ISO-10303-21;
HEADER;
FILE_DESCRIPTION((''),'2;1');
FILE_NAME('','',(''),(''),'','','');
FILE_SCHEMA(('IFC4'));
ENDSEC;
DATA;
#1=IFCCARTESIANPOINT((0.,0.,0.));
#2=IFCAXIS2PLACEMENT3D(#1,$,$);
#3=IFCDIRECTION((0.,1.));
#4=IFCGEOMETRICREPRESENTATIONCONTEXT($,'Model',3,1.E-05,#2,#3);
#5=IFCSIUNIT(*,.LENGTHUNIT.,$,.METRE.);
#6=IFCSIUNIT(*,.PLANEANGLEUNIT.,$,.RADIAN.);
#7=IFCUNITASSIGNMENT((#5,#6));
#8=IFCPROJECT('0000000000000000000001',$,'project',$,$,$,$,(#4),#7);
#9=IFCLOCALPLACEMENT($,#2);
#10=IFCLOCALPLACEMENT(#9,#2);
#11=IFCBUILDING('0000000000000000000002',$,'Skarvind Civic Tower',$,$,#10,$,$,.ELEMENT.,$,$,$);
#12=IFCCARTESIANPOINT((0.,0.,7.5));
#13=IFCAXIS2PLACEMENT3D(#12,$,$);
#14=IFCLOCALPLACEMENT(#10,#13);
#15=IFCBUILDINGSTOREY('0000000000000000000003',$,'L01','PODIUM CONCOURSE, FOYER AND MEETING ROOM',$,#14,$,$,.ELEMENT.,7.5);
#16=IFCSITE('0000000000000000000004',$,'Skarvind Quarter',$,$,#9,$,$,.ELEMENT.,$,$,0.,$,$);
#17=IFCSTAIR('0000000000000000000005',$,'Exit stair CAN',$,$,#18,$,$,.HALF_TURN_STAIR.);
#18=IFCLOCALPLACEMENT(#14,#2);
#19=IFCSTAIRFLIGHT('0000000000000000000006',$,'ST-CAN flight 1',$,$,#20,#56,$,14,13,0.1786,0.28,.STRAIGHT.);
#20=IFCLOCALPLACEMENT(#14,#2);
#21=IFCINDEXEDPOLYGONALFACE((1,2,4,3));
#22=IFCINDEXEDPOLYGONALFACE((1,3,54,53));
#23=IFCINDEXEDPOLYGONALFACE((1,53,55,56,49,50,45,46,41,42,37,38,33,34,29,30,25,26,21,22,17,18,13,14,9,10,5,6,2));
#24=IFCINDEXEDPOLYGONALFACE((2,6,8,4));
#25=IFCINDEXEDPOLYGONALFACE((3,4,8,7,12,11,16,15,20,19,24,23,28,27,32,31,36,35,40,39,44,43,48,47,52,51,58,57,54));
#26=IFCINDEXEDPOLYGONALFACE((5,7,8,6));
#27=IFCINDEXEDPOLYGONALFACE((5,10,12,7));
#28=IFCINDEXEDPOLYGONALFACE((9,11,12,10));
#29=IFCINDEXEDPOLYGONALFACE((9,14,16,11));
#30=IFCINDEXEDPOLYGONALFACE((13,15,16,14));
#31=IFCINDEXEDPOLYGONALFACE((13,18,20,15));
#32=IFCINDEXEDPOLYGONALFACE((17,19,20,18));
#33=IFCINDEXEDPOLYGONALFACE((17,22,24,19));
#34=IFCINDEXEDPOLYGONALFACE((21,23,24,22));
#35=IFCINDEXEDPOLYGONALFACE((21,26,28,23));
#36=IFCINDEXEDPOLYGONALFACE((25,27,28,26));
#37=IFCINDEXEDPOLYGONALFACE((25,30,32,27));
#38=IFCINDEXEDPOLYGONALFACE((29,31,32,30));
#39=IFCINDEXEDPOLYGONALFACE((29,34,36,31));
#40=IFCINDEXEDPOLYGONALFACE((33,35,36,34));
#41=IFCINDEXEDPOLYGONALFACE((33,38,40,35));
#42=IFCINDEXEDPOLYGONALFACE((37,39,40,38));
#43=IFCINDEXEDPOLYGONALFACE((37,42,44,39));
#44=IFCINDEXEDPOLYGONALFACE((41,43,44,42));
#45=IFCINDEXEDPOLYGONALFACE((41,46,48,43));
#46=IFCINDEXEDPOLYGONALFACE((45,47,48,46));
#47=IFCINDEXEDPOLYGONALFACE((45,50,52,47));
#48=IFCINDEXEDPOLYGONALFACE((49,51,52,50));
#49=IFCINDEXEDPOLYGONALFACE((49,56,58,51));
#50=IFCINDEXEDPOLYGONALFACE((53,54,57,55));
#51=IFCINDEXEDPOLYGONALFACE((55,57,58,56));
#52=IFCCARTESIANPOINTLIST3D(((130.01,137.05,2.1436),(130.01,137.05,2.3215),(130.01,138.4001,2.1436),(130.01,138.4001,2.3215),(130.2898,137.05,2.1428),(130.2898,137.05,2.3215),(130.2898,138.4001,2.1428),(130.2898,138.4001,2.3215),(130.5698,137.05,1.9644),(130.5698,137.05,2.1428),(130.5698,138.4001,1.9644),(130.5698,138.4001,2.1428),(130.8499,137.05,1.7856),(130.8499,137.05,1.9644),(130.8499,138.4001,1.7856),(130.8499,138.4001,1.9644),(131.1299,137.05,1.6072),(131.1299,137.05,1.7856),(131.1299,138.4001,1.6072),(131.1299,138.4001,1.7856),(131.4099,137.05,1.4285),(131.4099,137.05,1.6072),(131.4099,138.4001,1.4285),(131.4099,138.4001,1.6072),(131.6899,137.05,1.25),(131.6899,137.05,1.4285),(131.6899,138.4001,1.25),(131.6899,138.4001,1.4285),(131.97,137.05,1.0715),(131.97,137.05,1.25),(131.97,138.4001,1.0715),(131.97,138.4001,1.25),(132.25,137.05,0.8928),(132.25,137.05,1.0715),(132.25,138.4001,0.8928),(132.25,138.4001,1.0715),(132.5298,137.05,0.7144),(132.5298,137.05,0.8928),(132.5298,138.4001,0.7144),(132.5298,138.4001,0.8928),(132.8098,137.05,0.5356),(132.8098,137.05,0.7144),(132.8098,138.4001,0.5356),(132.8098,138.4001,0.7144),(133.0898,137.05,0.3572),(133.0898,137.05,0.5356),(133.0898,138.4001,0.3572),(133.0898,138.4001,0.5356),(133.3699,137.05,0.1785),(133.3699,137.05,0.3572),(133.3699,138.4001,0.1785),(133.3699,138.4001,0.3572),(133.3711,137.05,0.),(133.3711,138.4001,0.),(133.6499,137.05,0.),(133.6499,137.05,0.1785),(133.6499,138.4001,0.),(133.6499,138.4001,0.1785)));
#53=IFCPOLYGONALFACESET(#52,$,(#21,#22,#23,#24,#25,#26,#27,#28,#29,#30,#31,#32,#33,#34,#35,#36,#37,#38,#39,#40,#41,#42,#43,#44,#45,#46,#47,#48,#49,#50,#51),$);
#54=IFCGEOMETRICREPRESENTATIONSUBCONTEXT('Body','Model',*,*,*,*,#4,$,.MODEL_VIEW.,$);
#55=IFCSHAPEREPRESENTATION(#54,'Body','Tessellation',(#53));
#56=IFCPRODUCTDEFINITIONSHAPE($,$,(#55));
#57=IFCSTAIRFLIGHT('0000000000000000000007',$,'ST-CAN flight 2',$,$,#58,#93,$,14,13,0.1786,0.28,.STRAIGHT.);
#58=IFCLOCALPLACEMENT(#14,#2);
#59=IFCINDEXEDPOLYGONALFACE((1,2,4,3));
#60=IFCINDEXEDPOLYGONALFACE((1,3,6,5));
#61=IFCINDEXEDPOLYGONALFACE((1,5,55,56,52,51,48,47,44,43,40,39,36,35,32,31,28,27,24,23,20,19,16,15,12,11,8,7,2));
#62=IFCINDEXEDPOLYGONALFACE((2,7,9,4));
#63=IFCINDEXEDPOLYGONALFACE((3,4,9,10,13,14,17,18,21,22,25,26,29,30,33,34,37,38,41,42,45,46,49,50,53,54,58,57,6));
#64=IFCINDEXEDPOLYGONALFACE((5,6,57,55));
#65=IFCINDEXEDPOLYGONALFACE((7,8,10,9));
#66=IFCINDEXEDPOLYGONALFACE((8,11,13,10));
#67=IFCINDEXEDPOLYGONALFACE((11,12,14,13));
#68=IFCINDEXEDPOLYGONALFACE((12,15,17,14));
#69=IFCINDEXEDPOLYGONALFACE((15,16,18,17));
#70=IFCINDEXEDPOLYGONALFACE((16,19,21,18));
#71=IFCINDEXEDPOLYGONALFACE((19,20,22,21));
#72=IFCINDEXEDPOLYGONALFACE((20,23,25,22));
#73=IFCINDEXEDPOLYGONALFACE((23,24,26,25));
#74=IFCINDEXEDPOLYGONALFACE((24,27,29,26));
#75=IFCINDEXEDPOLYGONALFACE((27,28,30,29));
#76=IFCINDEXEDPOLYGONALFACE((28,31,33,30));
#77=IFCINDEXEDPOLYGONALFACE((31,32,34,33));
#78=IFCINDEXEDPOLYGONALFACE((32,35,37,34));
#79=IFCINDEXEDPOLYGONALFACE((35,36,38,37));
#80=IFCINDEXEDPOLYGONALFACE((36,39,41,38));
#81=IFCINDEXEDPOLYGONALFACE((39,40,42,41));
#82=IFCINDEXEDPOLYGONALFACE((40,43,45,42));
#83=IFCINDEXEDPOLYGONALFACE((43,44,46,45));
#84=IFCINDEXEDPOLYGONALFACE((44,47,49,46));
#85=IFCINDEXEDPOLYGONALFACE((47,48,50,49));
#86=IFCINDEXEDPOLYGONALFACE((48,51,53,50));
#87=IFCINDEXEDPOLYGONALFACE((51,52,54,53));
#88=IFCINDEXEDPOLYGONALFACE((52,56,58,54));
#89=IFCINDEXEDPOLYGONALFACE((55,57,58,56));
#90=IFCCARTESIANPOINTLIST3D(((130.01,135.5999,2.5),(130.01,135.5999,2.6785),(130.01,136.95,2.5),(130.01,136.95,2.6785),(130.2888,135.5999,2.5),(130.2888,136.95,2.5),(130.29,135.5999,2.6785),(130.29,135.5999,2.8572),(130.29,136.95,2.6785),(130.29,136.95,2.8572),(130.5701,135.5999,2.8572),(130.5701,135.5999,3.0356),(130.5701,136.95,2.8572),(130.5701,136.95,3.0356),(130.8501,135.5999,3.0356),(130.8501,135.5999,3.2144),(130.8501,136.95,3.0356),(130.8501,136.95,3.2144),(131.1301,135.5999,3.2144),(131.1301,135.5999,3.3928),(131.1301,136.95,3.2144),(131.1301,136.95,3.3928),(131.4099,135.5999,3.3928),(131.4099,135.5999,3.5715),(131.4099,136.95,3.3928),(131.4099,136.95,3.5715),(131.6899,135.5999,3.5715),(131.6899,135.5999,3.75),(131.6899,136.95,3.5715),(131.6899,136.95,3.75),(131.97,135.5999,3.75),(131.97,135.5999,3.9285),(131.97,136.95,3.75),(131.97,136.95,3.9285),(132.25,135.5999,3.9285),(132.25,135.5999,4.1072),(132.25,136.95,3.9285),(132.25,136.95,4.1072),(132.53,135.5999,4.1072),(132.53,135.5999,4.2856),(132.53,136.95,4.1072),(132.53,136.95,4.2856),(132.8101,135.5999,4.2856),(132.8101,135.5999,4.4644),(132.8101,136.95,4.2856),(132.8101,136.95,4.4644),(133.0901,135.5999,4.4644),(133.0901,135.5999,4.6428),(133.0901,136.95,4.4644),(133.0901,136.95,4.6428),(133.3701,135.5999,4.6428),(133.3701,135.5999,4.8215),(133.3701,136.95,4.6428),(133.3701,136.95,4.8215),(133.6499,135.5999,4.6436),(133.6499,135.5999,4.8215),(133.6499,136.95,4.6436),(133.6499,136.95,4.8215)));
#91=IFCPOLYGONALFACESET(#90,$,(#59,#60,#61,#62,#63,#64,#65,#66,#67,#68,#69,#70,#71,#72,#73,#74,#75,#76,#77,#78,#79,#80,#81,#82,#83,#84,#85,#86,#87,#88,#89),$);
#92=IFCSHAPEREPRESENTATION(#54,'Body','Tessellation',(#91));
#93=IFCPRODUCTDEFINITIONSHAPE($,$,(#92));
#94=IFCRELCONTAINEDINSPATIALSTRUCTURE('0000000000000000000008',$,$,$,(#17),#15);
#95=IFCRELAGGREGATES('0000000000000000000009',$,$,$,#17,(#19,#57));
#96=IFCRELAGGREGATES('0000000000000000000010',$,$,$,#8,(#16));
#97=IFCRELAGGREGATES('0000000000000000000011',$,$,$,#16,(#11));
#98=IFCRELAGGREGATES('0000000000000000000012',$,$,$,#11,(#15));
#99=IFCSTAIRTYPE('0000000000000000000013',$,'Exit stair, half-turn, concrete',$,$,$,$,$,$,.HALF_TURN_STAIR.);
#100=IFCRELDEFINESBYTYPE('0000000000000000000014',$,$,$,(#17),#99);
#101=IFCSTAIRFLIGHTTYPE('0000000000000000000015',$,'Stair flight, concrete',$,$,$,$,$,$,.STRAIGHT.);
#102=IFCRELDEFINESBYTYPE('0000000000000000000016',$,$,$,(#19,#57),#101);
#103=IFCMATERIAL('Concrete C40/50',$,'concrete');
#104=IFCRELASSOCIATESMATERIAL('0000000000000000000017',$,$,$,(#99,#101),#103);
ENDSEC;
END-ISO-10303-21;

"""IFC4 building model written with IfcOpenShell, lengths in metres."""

from ifc_helpers import new_model, si_unit, direction, frame, origin, place, context, subcontext, project, spatial, polyline, outline, extrude, material, type_object, element, aggregate, save


model = new_model("IFC4")

# Units and contexts
model_context = context("Model", 3, precision=1e-05, world=origin(), true_north=direction((0.0, 1.0)))
body_context = subcontext(model_context, "Body", "Model", "MODEL_VIEW")
ifc_project = project(units=[si_unit("LENGTHUNIT", "METRE"), si_unit("PLANEANGLEUNIT", "RADIAN")], contexts=[model_context])

# Site, building, storey
site_placement = place(None, origin())
site = spatial("IfcSite", under=ifc_project, at=site_placement, Name="Skarvind Quarter", CompositionType="ELEMENT", RefElevation=0.0)
building_placement = place(site_placement, origin())
building = spatial("IfcBuilding", under=site, at=building_placement, Name="Skarvind Civic Tower", CompositionType="ELEMENT")
storey_placement = place(building_placement, frame((0.0, 0.0, 7.5)))
storey = spatial("IfcBuildingStorey", under=building, at=storey_placement, Name="L01", Description="PODIUM CONCOURSE, FOYER AND MEETING ROOM", CompositionType="ELEMENT", Elevation=7.5)

# Stair, stair flights
ifc_material_1 = material(Name="Concrete C40/50", Category="concrete")
stair_type = type_object("IfcStairType", Name="Exit stair, half-turn, concrete", PredefinedType="HALF_TURN_STAIR", material=ifc_material_1)
stair_placement = place(storey_placement, origin())
stair = element("IfcStair", 1, at=stair_placement, inside=storey, type_object=stair_type, Name="Exit stair CAN", PredefinedType="HALF_TURN_STAIR")
stair_flight_type = type_object("IfcStairFlightType", Name="Stair flight, concrete", PredefinedType="STRAIGHT", material=ifc_material_1)
stair_flight_1_placement = place(storey_placement, frame((133.6499, 137.7251, 0.0), z_axis=(0.0, 0.0, 1.0), x_axis=(-1.0, 0.0, 0.0)))
stair_flight_1 = element("IfcStairFlight", 2, at=stair_flight_1_placement, type_object=stair_flight_type, Name="ST-CAN flight 1", NumberOfRisers=14, NumberOfTreads=13, PredefinedType="STRAIGHT", RiserHeight=0.1786, TreadLength=0.28, context=body_context, shape_type="SweptSolid", body=[
    extrude(outline(polyline([(0.0, 0.0), (0.0, 0.1785), (0.28, 0.1785), (0.28, 0.3572), (0.5601, 0.3572), (0.5601, 0.5356), (0.8401, 0.5356), (0.8401, 0.7144), (1.1201, 0.7144), (1.1201, 0.8928), (1.3999, 0.8928), (1.3999, 1.0715), (1.6799, 1.0715), (1.6799, 1.25), (1.96, 1.25), (1.96, 1.4285), (2.24, 1.4285), (2.24, 1.6072), (2.52, 1.6072), (2.52, 1.7856), (2.8, 1.7856), (2.8, 1.9644), (3.0801, 1.9644), (3.0801, 2.1428), (3.3601, 2.1428), (3.3601, 2.3215), (3.6399, 2.3215), (3.6399, 2.5), (3.6399, 2.1436), (0.2788, 0.0), (0.0, 0.0)])), frame((0.0, 0.675, 0.0), z_axis=(0.0, -1.0, 0.0), x_axis=(1.0, 0.0, 0.0)), (0.0, 0.0, 1.0), 1.3501),
])
stair_flight_2_placement = place(storey_placement, frame((130.01, 136.2749, 2.5), z_axis=(0.0, 0.0, 1.0), x_axis=(1.0, 0.0, 0.0)))
stair_flight_2 = element("IfcStairFlight", 3, at=stair_flight_2_placement, type_object=stair_flight_type, Name="ST-CAN flight 2", NumberOfRisers=14, NumberOfTreads=13, PredefinedType="STRAIGHT", RiserHeight=0.1786, TreadLength=0.28, context=body_context, shape_type="SweptSolid", body=[
    extrude(outline(polyline([(0.0, 0.0), (0.0, 0.1785), (0.28, 0.1785), (0.28, 0.3572), (0.5601, 0.3572), (0.5601, 0.5356), (0.8401, 0.5356), (0.8401, 0.7144), (1.1201, 0.7144), (1.1201, 0.8928), (1.3999, 0.8928), (1.3999, 1.0715), (1.6799, 1.0715), (1.6799, 1.25), (1.96, 1.25), (1.96, 1.4285), (2.24, 1.4285), (2.24, 1.6072), (2.52, 1.6072), (2.52, 1.7856), (2.8, 1.7856), (2.8, 1.9644), (3.0801, 1.9644), (3.0801, 2.1428), (3.3601, 2.1428), (3.3601, 2.3215), (3.6399, 2.3215), (3.6399, 2.5), (3.6399, 2.1436), (0.2788, 0.0), (0.0, 0.0)])), frame((0.0, 0.675, 0.0), z_axis=(0.0, -1.0, 0.0), x_axis=(1.0, 0.0, 0.0)), (0.0, 0.0, 1.0), 1.3501),
])
aggregate(stair, [stair_flight_1, stair_flight_2])

save(model, "model.ifc")
